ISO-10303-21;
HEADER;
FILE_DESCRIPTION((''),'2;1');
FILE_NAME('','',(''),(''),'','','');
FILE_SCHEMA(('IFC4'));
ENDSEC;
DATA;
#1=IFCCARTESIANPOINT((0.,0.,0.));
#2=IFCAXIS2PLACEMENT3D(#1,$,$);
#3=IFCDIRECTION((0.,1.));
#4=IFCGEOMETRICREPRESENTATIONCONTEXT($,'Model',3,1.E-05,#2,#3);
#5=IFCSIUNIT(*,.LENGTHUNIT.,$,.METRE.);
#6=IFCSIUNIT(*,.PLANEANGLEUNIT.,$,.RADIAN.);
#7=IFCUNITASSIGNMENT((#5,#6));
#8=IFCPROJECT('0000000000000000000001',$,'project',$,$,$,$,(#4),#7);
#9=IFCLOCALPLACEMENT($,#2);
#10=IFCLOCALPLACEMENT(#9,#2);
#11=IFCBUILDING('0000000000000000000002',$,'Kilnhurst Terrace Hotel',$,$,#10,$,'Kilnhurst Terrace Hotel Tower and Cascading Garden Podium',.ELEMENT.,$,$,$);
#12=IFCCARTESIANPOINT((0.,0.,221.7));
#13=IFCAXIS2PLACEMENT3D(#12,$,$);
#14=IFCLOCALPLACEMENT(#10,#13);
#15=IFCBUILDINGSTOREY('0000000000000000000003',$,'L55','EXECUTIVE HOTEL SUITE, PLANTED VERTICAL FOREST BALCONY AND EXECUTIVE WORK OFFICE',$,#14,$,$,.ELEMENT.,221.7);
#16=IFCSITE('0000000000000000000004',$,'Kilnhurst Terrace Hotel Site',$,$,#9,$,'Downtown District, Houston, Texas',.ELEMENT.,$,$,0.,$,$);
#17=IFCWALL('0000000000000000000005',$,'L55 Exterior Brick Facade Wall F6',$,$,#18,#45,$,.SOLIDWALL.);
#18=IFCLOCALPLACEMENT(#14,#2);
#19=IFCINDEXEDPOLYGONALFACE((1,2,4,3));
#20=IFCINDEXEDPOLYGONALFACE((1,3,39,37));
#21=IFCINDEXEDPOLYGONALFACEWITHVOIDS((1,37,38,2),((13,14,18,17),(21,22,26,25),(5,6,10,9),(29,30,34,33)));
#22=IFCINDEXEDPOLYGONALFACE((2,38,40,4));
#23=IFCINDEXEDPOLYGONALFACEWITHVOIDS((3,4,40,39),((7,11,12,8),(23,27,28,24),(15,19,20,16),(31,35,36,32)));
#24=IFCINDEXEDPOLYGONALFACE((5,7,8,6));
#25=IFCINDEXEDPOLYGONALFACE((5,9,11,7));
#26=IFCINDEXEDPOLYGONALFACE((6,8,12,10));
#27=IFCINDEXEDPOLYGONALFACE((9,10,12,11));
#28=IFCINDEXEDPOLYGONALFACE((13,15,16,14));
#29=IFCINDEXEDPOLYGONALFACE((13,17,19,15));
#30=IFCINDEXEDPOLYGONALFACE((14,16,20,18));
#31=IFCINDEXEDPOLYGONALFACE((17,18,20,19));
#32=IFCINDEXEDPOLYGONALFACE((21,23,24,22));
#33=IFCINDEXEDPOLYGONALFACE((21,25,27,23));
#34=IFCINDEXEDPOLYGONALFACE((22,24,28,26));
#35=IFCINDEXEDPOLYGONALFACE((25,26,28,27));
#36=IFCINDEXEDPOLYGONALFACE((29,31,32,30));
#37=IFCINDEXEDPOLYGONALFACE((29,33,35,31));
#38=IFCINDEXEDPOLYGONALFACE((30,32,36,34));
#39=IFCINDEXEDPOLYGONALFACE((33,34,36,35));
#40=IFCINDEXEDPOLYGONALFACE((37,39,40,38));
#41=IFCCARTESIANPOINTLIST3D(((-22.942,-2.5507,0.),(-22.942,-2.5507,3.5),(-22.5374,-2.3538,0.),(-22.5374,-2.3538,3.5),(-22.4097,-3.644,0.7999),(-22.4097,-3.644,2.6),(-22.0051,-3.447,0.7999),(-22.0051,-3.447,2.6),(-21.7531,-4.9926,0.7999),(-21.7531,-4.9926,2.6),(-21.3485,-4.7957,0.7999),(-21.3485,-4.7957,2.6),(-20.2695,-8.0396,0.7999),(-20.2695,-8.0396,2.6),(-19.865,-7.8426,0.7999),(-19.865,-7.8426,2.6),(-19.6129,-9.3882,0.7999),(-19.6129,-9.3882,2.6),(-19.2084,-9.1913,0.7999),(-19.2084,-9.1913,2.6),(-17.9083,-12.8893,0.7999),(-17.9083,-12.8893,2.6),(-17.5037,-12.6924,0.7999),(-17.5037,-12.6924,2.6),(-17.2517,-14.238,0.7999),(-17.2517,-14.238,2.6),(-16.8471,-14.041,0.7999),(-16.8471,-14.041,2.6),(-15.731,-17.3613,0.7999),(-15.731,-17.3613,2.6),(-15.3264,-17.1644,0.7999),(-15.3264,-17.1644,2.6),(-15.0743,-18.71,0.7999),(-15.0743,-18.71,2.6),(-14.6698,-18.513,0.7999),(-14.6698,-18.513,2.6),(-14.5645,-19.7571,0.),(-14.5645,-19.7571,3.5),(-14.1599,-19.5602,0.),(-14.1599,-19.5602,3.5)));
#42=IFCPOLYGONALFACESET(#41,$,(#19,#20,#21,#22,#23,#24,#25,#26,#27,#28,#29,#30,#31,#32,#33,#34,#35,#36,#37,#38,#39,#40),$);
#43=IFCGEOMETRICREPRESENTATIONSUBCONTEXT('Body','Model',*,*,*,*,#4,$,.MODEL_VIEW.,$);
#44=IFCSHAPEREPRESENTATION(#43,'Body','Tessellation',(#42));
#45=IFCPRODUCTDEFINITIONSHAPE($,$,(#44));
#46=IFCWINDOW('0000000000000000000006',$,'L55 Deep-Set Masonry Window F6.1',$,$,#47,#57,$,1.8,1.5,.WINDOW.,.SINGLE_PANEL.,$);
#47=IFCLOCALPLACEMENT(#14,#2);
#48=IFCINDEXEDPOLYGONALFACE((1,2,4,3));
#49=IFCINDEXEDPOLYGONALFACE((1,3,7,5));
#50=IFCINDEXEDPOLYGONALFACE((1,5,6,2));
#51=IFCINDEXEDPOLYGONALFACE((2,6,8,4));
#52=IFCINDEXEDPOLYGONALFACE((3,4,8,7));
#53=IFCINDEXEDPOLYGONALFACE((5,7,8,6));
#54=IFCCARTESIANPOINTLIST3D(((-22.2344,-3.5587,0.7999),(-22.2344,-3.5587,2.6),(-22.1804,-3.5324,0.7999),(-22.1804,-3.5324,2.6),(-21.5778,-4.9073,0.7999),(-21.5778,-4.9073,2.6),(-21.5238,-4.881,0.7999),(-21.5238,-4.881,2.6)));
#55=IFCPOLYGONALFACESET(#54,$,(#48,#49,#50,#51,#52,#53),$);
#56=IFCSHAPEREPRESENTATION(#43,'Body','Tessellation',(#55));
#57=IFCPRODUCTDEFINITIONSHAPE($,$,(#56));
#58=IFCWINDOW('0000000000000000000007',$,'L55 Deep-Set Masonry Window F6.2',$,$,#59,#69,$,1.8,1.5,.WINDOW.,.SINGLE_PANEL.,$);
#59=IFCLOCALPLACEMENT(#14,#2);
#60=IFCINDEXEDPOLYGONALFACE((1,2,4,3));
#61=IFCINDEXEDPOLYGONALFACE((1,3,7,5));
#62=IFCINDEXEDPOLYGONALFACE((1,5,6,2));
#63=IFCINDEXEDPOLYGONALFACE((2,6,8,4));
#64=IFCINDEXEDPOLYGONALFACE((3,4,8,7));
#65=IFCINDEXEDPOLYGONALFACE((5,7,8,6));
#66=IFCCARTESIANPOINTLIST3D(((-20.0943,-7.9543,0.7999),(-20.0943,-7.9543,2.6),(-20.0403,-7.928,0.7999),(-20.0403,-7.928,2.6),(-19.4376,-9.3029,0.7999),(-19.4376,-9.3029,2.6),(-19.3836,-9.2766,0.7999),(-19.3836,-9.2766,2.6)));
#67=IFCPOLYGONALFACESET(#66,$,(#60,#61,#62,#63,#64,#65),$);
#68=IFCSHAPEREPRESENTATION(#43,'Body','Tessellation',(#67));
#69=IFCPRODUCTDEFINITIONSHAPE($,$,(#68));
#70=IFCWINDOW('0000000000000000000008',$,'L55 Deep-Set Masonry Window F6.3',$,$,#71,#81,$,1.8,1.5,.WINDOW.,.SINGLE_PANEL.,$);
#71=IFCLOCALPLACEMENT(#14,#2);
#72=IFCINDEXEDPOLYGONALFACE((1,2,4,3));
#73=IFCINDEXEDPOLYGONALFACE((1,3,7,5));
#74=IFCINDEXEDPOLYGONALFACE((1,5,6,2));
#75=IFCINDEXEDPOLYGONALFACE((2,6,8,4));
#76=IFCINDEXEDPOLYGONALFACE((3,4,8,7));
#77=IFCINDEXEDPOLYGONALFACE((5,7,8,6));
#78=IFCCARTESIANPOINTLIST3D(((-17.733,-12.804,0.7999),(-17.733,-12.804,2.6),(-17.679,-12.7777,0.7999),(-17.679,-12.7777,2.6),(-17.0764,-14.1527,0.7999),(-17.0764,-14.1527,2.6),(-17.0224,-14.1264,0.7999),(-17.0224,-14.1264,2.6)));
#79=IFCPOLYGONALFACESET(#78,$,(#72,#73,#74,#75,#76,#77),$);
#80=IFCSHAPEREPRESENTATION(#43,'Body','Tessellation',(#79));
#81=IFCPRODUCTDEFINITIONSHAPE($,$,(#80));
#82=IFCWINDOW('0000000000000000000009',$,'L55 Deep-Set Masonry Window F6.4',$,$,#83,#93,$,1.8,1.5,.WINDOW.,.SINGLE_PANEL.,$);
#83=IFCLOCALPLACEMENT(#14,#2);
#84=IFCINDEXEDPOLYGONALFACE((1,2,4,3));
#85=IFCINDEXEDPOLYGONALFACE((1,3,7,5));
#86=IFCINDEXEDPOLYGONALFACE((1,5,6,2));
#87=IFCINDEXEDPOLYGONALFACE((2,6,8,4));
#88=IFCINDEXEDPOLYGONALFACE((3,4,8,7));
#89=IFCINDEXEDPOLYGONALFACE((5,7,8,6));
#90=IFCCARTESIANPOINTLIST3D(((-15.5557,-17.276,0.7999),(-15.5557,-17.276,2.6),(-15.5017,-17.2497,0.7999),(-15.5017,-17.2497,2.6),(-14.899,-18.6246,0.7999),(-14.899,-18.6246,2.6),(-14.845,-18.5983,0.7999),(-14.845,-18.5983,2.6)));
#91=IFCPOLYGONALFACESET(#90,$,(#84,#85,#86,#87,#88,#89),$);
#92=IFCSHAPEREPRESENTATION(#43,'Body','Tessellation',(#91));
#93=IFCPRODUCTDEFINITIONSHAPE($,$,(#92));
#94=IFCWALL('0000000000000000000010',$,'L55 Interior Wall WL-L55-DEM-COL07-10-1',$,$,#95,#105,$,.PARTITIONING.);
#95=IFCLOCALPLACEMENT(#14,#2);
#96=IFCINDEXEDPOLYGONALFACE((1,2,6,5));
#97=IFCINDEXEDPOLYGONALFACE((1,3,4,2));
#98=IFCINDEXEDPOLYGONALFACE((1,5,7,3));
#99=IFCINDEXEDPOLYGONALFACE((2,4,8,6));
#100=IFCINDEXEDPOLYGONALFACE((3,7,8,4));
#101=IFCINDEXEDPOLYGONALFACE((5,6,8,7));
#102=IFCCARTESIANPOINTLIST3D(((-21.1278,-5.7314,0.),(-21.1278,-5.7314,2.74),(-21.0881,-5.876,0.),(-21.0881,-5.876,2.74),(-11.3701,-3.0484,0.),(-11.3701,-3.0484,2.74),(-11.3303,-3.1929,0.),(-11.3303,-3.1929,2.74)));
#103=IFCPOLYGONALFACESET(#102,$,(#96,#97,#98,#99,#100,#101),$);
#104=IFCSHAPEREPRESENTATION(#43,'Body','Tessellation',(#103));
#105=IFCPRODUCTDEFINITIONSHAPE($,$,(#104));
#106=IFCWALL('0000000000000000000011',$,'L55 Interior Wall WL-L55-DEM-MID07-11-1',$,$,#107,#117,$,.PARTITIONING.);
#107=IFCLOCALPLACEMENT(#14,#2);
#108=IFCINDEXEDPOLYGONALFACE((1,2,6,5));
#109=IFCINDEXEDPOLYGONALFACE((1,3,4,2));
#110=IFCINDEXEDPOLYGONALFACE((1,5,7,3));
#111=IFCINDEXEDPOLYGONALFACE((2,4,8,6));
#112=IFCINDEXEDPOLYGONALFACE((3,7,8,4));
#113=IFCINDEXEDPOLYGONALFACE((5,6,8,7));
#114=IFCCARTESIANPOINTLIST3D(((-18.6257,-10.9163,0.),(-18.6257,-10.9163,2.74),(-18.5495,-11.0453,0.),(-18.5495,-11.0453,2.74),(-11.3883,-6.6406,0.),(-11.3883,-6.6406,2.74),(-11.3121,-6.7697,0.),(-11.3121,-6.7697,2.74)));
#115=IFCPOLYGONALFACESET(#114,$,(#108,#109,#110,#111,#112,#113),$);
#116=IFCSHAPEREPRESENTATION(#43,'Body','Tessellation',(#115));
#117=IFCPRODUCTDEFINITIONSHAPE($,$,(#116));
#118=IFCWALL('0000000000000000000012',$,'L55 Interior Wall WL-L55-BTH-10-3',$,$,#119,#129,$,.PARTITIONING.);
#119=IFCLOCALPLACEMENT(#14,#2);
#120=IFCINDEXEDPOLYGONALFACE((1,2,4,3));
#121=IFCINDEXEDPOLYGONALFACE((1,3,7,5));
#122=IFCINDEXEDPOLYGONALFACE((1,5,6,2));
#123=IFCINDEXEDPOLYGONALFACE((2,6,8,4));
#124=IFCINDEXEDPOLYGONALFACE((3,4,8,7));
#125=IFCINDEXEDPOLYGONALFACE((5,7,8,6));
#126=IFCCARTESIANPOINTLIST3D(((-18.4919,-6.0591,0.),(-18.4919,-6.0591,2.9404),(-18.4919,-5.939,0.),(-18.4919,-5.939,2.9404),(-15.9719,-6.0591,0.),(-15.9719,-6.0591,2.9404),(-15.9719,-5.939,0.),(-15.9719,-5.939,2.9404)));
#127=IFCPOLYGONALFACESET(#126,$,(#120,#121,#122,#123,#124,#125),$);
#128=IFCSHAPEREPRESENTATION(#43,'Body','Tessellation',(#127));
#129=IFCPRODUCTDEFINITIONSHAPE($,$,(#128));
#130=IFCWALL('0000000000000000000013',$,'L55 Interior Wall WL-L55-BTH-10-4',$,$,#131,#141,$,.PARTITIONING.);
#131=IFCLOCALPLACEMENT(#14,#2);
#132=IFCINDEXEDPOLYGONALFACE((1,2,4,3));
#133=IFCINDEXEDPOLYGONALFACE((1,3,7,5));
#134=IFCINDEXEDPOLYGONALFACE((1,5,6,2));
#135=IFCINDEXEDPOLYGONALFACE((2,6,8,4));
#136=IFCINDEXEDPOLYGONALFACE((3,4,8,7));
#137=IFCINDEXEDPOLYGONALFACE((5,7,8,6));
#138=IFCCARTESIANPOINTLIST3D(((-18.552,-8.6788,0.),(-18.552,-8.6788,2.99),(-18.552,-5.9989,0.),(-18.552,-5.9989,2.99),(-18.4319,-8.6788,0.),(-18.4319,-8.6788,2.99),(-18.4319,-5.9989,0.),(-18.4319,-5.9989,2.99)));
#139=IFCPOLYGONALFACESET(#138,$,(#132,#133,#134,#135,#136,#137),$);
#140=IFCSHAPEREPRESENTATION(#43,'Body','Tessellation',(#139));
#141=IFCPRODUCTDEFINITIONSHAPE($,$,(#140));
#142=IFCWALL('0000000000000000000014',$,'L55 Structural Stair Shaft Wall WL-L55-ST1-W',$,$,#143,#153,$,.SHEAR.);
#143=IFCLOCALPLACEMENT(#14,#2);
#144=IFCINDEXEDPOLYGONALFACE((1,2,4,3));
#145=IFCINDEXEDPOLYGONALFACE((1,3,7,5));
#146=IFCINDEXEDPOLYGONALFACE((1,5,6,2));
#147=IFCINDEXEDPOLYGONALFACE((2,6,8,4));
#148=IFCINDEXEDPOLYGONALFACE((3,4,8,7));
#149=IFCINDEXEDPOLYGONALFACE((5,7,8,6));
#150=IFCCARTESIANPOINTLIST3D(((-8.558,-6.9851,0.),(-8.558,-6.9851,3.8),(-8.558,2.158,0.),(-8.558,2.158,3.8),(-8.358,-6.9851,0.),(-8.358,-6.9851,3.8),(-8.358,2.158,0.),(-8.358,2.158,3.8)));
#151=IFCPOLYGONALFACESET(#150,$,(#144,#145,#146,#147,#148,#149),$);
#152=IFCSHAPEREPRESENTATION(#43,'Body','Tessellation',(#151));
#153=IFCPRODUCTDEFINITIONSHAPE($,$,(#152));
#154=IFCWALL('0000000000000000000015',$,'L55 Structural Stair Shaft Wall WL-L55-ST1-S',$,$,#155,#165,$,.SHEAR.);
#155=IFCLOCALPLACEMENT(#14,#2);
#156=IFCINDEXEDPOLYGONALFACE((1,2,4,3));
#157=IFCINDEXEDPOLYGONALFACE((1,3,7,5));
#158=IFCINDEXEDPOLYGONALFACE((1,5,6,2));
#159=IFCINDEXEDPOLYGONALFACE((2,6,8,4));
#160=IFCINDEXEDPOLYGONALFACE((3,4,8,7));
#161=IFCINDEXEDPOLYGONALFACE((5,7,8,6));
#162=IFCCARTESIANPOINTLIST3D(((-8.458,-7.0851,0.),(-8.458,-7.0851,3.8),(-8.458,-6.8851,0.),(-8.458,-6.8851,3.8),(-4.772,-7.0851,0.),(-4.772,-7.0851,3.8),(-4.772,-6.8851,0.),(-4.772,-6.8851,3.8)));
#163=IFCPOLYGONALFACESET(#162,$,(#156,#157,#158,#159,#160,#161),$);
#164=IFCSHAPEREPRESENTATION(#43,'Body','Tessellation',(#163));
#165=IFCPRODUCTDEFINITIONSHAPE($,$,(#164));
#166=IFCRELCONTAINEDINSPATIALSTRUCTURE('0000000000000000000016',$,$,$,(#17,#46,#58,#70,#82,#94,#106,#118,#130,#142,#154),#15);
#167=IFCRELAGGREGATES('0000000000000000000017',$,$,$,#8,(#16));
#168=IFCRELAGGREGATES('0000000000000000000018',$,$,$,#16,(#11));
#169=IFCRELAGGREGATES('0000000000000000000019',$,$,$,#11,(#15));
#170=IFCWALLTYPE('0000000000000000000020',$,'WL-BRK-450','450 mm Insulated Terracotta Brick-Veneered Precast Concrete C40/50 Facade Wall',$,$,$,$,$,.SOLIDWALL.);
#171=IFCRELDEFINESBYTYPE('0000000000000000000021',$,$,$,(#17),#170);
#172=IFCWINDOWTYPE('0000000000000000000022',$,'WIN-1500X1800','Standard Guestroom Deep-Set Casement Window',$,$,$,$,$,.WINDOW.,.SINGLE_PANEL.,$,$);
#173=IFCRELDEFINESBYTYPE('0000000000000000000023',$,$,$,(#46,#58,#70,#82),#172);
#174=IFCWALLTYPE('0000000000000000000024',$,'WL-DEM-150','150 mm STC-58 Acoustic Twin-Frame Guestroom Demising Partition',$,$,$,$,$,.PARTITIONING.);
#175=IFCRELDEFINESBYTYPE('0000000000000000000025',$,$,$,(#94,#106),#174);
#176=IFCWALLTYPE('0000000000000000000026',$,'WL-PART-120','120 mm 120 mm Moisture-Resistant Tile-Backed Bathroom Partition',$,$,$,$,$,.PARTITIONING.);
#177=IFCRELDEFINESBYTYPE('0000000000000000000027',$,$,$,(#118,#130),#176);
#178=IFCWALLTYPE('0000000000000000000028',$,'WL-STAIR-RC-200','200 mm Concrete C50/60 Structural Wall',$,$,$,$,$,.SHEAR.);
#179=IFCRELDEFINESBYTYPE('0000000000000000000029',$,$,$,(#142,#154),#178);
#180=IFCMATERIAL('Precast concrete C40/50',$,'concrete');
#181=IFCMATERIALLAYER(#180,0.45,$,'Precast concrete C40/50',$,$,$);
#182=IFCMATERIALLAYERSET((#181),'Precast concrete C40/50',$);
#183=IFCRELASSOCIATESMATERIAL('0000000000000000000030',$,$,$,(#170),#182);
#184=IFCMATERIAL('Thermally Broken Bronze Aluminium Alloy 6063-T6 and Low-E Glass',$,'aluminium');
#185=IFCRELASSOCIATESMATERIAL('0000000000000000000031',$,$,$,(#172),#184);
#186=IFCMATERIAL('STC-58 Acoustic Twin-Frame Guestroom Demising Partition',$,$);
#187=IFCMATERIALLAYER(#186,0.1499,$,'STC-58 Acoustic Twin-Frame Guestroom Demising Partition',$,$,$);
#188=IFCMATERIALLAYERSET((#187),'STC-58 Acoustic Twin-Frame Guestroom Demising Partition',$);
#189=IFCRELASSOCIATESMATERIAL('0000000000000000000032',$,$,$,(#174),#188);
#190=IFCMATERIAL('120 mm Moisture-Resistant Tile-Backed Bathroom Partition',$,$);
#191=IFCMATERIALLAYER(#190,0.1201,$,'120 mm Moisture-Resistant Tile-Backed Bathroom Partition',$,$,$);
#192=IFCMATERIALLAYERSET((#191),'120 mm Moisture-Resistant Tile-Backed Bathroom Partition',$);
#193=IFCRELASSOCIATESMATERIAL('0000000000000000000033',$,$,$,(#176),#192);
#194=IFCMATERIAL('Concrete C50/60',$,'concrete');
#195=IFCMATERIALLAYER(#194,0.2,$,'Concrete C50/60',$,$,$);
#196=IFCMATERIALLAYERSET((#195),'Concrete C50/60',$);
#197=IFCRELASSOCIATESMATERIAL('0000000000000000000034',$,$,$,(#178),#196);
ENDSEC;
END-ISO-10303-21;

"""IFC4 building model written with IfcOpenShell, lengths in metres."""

from ifc_helpers import new_model, si_unit, direction, frame, frame_2d, origin, place, context, subcontext, project, spatial, rectangle, extrude, material, layer, layer_set, type_object, element, fill, save


model = new_model("IFC4")

# Units and contexts
model_context = context("Model", 3, precision=1e-05, world=origin(), true_north=direction((0.0, 1.0)))
body_context = subcontext(model_context, "Body", "Model", "MODEL_VIEW")
ifc_project = project(units=[si_unit("LENGTHUNIT", "METRE"), si_unit("PLANEANGLEUNIT", "RADIAN")], contexts=[model_context])

# Site, building, storey
site_placement = place(None, origin())
site = spatial("IfcSite", under=ifc_project, at=site_placement, Name="Kilnhurst Terrace Hotel Site", LongName="Downtown District, Houston, Texas", CompositionType="ELEMENT", RefElevation=0.0)
building_placement = place(site_placement, origin())
building = spatial("IfcBuilding", under=site, at=building_placement, Name="Kilnhurst Terrace Hotel", LongName="Kilnhurst Terrace Hotel Tower and Cascading Garden Podium", CompositionType="ELEMENT")
storey_placement = place(building_placement, frame((0.0, 0.0, 221.7)))
storey = spatial("IfcBuildingStorey", under=building, at=storey_placement, Name="L55", Description="EXECUTIVE HOTEL SUITE, PLANTED VERTICAL FOREST BALCONY AND EXECUTIVE WORK OFFICE", CompositionType="ELEMENT", Elevation=221.7)

# Shared definitions
ifc_material_1 = material(Name="Concrete C50/60", Category="concrete")

# Shared definitions
ifc_material_2 = material(Name="Precast concrete C40/50", Category="concrete")
ifc_layer_1 = layer(ifc_material_2, 0.45, Name="Precast concrete C40/50")
ifc_layer_set_1 = layer_set([ifc_layer_1], Name="Precast concrete C40/50")
wall_type_1 = type_object("IfcWallType", Name="WL-BRK-450", Description="450 mm Insulated Terracotta Brick-Veneered Precast Concrete C40/50 Facade Wall", PredefinedType="SOLIDWALL", material=ifc_layer_set_1)

# Wall, openings, windows
wall_1_placement = place(storey_placement, frame((-22.7397, -2.4521, 0.0), z_axis=(0.0, 0.0, 1.0), x_axis=(0.437753, -0.899095, 0.0)))
wall_1 = element("IfcWall", 1, at=wall_1_placement, inside=storey, type_object=wall_type_1, Name="L55 Exterior Brick Facade Wall F6", PredefinedType="SOLIDWALL", context=body_context, shape_type="SweptSolid", body=[
    extrude(rectangle(XDim=19.1375, YDim=0.45, at=frame_2d((9.5688, 0.0))), origin(), (0.0, 0.0, 1.0), 3.5),
])
opening_1_placement = place(wall_1_placement, frame((1.2161, 0.0, 0.8)))
opening_1 = element("IfcOpeningElement", 2, at=opening_1_placement, cuts=wall_1, PredefinedType="OPENING", context=body_context, shape_type="SweptSolid", body=[
    extrude(rectangle(XDim=1.5, YDim=1.8, at=frame_2d((0.75, 0.8999))), frame((0.0, 0.2349, 0.0), z_axis=(0.0, -1.0, 0.0), x_axis=(1.0, 0.0, 0.0)), (0.0, 0.0, 1.0), 0.47),
])
opening_2_placement = place(wall_1_placement, frame((6.105, 0.0, 0.8)))
opening_2 = element("IfcOpeningElement", 3, at=opening_2_placement, cuts=wall_1, PredefinedType="OPENING", context=body_context, shape_type="SweptSolid", body=[
    extrude(rectangle(XDim=1.5, YDim=1.8, at=frame_2d((0.75, 0.8999))), frame((0.0, 0.2349, 0.0), z_axis=(0.0, -1.0, 0.0), x_axis=(1.0, 0.0, 0.0)), (0.0, 0.0, 1.0), 0.47),
])
opening_3_placement = place(wall_1_placement, frame((11.499, 0.0, 0.8)))
opening_3 = element("IfcOpeningElement", 4, at=opening_3_placement, cuts=wall_1, PredefinedType="OPENING", context=body_context, shape_type="SweptSolid", body=[
    extrude(rectangle(XDim=1.5, YDim=1.8, at=frame_2d((0.75, 0.8999))), frame((0.0, 0.2349, 0.0), z_axis=(0.0, -1.0, 0.0), x_axis=(1.0, 0.0, 0.0)), (0.0, 0.0, 1.0), 0.47),
])
opening_4_placement = place(wall_1_placement, frame((16.4729, 0.0, 0.8)))
opening_4 = element("IfcOpeningElement", 5, at=opening_4_placement, cuts=wall_1, PredefinedType="OPENING", context=body_context, shape_type="SweptSolid", body=[
    extrude(rectangle(XDim=1.5, YDim=1.8, at=frame_2d((0.75, 0.8999))), frame((0.0, 0.2349, 0.0), z_axis=(0.0, -1.0, 0.0), x_axis=(1.0, 0.0, 0.0)), (0.0, 0.0, 1.0), 0.47),
])
ifc_material_3 = material(Name="Thermally Broken Bronze Aluminium Alloy 6063-T6 and Low-E Glass", Category="aluminium")
window_type = type_object("IfcWindowType", Name="WIN-1500X1800", Description="Standard Guestroom Deep-Set Casement Window", PartitioningType="SINGLE_PANEL", PredefinedType="WINDOW", material=ifc_material_3)
window_1_placement = place(opening_1_placement, origin())
window_1 = element("IfcWindow", 6, at=window_1_placement, inside=storey, type_object=window_type, Name="L55 Deep-Set Masonry Window F6.1", OverallHeight=1.8, OverallWidth=1.5, PartitioningType="SINGLE_PANEL", PredefinedType="WINDOW", context=body_context, shape_type="SweptSolid", body=[
    extrude(rectangle(XDim=1.5, YDim=1.8, at=frame_2d((0.75, 0.8999))), frame((0.0, 0.03, 0.0), z_axis=(0.0, -1.0, 0.0), x_axis=(1.0, 0.0, 0.0)), (0.0, 0.0, 1.0), 0.0601),
])
fill(opening_1, window_1)
window_2_placement = place(opening_2_placement, origin())
window_2 = element("IfcWindow", 7, at=window_2_placement, inside=storey, type_object=window_type, Name="L55 Deep-Set Masonry Window F6.2", OverallHeight=1.8, OverallWidth=1.5, PartitioningType="SINGLE_PANEL", PredefinedType="WINDOW", context=body_context, shape_type="SweptSolid", body=[
    extrude(rectangle(XDim=1.5, YDim=1.8, at=frame_2d((0.75, 0.8999))), frame((0.0, 0.03, 0.0), z_axis=(0.0, -1.0, 0.0), x_axis=(1.0, 0.0, 0.0)), (0.0, 0.0, 1.0), 0.0601),
])
fill(opening_2, window_2)
window_3_placement = place(opening_3_placement, origin())
window_3 = element("IfcWindow", 8, at=window_3_placement, inside=storey, type_object=window_type, Name="L55 Deep-Set Masonry Window F6.3", OverallHeight=1.8, OverallWidth=1.5, PartitioningType="SINGLE_PANEL", PredefinedType="WINDOW", context=body_context, shape_type="SweptSolid", body=[
    extrude(rectangle(XDim=1.5, YDim=1.8, at=frame_2d((0.75, 0.8999))), frame((0.0, 0.03, 0.0), z_axis=(0.0, -1.0, 0.0), x_axis=(1.0, 0.0, 0.0)), (0.0, 0.0, 1.0), 0.0601),
])
fill(opening_3, window_3)
window_4_placement = place(opening_4_placement, origin())
window_4 = element("IfcWindow", 9, at=window_4_placement, inside=storey, type_object=window_type, Name="L55 Deep-Set Masonry Window F6.4", OverallHeight=1.8, OverallWidth=1.5, PartitioningType="SINGLE_PANEL", PredefinedType="WINDOW", context=body_context, shape_type="SweptSolid", body=[
    extrude(rectangle(XDim=1.5, YDim=1.8, at=frame_2d((0.75, 0.8999))), frame((0.0, 0.03, 0.0), z_axis=(0.0, -1.0, 0.0), x_axis=(1.0, 0.0, 0.0)), (0.0, 0.0, 1.0), 0.0601),
])
fill(opening_4, window_4)

# Walls
ifc_material_4 = material(Name="STC-58 Acoustic Twin-Frame Guestroom Demising Partition")
ifc_layer_2 = layer(ifc_material_4, 0.1499, Name="STC-58 Acoustic Twin-Frame Guestroom Demising Partition")
ifc_layer_set_2 = layer_set([ifc_layer_2], Name="STC-58 Acoustic Twin-Frame Guestroom Demising Partition")
wall_type_2 = type_object("IfcWallType", Name="WL-DEM-150", Description="150 mm STC-58 Acoustic Twin-Frame Guestroom Demising Partition", PredefinedType="PARTITIONING", material=ifc_layer_set_2)
wall_2_placement = place(storey_placement, frame((-11.3501, -3.1206, 0.0), z_axis=(0.0, 0.0, 1.0), x_axis=(-0.964213, -0.26513, 0.0)))
element("IfcWall", 10, at=wall_2_placement, inside=storey, type_object=wall_type_2, Name="L55 Interior Wall WL-L55-DEM-COL07-10-1", PredefinedType="PARTITIONING", context=body_context, shape_type="SweptSolid", body=[
    extrude(rectangle(XDim=10.1199, YDim=0.1499, at=frame_2d((5.0601, 0.0))), origin(), (0.0, 0.0, 1.0), 2.74),
])
wall_3_placement = place(storey_placement, frame((-11.3501, -6.7051, 0.0), z_axis=(0.0, 0.0, 1.0), x_axis=(-0.860976, -0.508645, 0.0)))
element("IfcWall", 11, at=wall_3_placement, inside=storey, type_object=wall_type_2, Name="L55 Interior Wall WL-L55-DEM-MID07-11-1", PredefinedType="PARTITIONING", context=body_context, shape_type="SweptSolid", body=[
    extrude(rectangle(XDim=8.406, YDim=0.1499, at=frame_2d((4.2031, 0.0))), origin(), (0.0, 0.0, 1.0), 2.74),
])
ifc_material_5 = material(Name="120 mm Moisture-Resistant Tile-Backed Bathroom Partition")
ifc_layer_3 = layer(ifc_material_5, 0.1201, Name="120 mm Moisture-Resistant Tile-Backed Bathroom Partition")
ifc_layer_set_3 = layer_set([ifc_layer_3], Name="120 mm Moisture-Resistant Tile-Backed Bathroom Partition")
wall_type_3 = type_object("IfcWallType", Name="WL-PART-120", Description="120 mm 120 mm Moisture-Resistant Tile-Backed Bathroom Partition", PredefinedType="PARTITIONING", material=ifc_layer_set_3)
wall_4_placement = place(storey_placement, frame((-15.9719, -5.999, 0.0), z_axis=(0.0, 0.0, 1.0), x_axis=(-1.0, 0.0, 0.0)))
element("IfcWall", 12, at=wall_4_placement, inside=storey, type_object=wall_type_3, Name="L55 Interior Wall WL-L55-BTH-10-3", PredefinedType="PARTITIONING", context=body_context, shape_type="SweptSolid", body=[
    extrude(rectangle(XDim=2.52, YDim=0.1201, at=frame_2d((1.26, 0.0))), origin(), (0.0, 0.0, 1.0), 2.9404),
])
wall_5_placement = place(storey_placement, frame((-18.4919, -5.999, 0.0), z_axis=(0.0, 0.0, 1.0), x_axis=(0.0, -1.0, 0.0)))
element("IfcWall", 13, at=wall_5_placement, inside=storey, type_object=wall_type_3, Name="L55 Interior Wall WL-L55-BTH-10-4", PredefinedType="PARTITIONING", context=body_context, shape_type="SweptSolid", body=[
    extrude(rectangle(XDim=2.6799, YDim=0.1201, at=frame_2d((1.3398, 0.0))), origin(), (0.0, 0.0, 1.0), 2.99),
])
ifc_layer_4 = layer(ifc_material_1, 0.2, Name="Concrete C50/60")
ifc_layer_set_4 = layer_set([ifc_layer_4], Name="Concrete C50/60")
wall_type_4 = type_object("IfcWallType", Name="WL-STAIR-RC-200", Description="200 mm Concrete C50/60 Structural Wall", PredefinedType="SHEAR", material=ifc_layer_set_4)
wall_6_placement = place(storey_placement, frame((-8.458, -6.9851, 0.0), z_axis=(0.0, 0.0, 1.0), x_axis=(0.0, 1.0, 0.0)))
element("IfcWall", 14, at=wall_6_placement, inside=storey, type_object=wall_type_4, Name="L55 Structural Stair Shaft Wall WL-L55-ST1-W", PredefinedType="SHEAR", context=body_context, shape_type="SweptSolid", body=[
    extrude(rectangle(XDim=9.1431, YDim=0.2, at=frame_2d((4.5715, 0.0))), origin(), (0.0, 0.0, 1.0), 3.8),
])
wall_7_placement = place(storey_placement, frame((-8.458, -6.9851, 0.0), z_axis=(0.0, 0.0, 1.0), x_axis=(1.0, 0.0, 0.0)))
element("IfcWall", 15, at=wall_7_placement, inside=storey, type_object=wall_type_4, Name="L55 Structural Stair Shaft Wall WL-L55-ST1-S", PredefinedType="SHEAR", context=body_context, shape_type="SweptSolid", body=[
    extrude(rectangle(XDim=3.686, YDim=0.2, at=frame_2d((1.843, 0.0))), origin(), (0.0, 0.0, 1.0), 3.8),
])

save(model, "model.ifc")
